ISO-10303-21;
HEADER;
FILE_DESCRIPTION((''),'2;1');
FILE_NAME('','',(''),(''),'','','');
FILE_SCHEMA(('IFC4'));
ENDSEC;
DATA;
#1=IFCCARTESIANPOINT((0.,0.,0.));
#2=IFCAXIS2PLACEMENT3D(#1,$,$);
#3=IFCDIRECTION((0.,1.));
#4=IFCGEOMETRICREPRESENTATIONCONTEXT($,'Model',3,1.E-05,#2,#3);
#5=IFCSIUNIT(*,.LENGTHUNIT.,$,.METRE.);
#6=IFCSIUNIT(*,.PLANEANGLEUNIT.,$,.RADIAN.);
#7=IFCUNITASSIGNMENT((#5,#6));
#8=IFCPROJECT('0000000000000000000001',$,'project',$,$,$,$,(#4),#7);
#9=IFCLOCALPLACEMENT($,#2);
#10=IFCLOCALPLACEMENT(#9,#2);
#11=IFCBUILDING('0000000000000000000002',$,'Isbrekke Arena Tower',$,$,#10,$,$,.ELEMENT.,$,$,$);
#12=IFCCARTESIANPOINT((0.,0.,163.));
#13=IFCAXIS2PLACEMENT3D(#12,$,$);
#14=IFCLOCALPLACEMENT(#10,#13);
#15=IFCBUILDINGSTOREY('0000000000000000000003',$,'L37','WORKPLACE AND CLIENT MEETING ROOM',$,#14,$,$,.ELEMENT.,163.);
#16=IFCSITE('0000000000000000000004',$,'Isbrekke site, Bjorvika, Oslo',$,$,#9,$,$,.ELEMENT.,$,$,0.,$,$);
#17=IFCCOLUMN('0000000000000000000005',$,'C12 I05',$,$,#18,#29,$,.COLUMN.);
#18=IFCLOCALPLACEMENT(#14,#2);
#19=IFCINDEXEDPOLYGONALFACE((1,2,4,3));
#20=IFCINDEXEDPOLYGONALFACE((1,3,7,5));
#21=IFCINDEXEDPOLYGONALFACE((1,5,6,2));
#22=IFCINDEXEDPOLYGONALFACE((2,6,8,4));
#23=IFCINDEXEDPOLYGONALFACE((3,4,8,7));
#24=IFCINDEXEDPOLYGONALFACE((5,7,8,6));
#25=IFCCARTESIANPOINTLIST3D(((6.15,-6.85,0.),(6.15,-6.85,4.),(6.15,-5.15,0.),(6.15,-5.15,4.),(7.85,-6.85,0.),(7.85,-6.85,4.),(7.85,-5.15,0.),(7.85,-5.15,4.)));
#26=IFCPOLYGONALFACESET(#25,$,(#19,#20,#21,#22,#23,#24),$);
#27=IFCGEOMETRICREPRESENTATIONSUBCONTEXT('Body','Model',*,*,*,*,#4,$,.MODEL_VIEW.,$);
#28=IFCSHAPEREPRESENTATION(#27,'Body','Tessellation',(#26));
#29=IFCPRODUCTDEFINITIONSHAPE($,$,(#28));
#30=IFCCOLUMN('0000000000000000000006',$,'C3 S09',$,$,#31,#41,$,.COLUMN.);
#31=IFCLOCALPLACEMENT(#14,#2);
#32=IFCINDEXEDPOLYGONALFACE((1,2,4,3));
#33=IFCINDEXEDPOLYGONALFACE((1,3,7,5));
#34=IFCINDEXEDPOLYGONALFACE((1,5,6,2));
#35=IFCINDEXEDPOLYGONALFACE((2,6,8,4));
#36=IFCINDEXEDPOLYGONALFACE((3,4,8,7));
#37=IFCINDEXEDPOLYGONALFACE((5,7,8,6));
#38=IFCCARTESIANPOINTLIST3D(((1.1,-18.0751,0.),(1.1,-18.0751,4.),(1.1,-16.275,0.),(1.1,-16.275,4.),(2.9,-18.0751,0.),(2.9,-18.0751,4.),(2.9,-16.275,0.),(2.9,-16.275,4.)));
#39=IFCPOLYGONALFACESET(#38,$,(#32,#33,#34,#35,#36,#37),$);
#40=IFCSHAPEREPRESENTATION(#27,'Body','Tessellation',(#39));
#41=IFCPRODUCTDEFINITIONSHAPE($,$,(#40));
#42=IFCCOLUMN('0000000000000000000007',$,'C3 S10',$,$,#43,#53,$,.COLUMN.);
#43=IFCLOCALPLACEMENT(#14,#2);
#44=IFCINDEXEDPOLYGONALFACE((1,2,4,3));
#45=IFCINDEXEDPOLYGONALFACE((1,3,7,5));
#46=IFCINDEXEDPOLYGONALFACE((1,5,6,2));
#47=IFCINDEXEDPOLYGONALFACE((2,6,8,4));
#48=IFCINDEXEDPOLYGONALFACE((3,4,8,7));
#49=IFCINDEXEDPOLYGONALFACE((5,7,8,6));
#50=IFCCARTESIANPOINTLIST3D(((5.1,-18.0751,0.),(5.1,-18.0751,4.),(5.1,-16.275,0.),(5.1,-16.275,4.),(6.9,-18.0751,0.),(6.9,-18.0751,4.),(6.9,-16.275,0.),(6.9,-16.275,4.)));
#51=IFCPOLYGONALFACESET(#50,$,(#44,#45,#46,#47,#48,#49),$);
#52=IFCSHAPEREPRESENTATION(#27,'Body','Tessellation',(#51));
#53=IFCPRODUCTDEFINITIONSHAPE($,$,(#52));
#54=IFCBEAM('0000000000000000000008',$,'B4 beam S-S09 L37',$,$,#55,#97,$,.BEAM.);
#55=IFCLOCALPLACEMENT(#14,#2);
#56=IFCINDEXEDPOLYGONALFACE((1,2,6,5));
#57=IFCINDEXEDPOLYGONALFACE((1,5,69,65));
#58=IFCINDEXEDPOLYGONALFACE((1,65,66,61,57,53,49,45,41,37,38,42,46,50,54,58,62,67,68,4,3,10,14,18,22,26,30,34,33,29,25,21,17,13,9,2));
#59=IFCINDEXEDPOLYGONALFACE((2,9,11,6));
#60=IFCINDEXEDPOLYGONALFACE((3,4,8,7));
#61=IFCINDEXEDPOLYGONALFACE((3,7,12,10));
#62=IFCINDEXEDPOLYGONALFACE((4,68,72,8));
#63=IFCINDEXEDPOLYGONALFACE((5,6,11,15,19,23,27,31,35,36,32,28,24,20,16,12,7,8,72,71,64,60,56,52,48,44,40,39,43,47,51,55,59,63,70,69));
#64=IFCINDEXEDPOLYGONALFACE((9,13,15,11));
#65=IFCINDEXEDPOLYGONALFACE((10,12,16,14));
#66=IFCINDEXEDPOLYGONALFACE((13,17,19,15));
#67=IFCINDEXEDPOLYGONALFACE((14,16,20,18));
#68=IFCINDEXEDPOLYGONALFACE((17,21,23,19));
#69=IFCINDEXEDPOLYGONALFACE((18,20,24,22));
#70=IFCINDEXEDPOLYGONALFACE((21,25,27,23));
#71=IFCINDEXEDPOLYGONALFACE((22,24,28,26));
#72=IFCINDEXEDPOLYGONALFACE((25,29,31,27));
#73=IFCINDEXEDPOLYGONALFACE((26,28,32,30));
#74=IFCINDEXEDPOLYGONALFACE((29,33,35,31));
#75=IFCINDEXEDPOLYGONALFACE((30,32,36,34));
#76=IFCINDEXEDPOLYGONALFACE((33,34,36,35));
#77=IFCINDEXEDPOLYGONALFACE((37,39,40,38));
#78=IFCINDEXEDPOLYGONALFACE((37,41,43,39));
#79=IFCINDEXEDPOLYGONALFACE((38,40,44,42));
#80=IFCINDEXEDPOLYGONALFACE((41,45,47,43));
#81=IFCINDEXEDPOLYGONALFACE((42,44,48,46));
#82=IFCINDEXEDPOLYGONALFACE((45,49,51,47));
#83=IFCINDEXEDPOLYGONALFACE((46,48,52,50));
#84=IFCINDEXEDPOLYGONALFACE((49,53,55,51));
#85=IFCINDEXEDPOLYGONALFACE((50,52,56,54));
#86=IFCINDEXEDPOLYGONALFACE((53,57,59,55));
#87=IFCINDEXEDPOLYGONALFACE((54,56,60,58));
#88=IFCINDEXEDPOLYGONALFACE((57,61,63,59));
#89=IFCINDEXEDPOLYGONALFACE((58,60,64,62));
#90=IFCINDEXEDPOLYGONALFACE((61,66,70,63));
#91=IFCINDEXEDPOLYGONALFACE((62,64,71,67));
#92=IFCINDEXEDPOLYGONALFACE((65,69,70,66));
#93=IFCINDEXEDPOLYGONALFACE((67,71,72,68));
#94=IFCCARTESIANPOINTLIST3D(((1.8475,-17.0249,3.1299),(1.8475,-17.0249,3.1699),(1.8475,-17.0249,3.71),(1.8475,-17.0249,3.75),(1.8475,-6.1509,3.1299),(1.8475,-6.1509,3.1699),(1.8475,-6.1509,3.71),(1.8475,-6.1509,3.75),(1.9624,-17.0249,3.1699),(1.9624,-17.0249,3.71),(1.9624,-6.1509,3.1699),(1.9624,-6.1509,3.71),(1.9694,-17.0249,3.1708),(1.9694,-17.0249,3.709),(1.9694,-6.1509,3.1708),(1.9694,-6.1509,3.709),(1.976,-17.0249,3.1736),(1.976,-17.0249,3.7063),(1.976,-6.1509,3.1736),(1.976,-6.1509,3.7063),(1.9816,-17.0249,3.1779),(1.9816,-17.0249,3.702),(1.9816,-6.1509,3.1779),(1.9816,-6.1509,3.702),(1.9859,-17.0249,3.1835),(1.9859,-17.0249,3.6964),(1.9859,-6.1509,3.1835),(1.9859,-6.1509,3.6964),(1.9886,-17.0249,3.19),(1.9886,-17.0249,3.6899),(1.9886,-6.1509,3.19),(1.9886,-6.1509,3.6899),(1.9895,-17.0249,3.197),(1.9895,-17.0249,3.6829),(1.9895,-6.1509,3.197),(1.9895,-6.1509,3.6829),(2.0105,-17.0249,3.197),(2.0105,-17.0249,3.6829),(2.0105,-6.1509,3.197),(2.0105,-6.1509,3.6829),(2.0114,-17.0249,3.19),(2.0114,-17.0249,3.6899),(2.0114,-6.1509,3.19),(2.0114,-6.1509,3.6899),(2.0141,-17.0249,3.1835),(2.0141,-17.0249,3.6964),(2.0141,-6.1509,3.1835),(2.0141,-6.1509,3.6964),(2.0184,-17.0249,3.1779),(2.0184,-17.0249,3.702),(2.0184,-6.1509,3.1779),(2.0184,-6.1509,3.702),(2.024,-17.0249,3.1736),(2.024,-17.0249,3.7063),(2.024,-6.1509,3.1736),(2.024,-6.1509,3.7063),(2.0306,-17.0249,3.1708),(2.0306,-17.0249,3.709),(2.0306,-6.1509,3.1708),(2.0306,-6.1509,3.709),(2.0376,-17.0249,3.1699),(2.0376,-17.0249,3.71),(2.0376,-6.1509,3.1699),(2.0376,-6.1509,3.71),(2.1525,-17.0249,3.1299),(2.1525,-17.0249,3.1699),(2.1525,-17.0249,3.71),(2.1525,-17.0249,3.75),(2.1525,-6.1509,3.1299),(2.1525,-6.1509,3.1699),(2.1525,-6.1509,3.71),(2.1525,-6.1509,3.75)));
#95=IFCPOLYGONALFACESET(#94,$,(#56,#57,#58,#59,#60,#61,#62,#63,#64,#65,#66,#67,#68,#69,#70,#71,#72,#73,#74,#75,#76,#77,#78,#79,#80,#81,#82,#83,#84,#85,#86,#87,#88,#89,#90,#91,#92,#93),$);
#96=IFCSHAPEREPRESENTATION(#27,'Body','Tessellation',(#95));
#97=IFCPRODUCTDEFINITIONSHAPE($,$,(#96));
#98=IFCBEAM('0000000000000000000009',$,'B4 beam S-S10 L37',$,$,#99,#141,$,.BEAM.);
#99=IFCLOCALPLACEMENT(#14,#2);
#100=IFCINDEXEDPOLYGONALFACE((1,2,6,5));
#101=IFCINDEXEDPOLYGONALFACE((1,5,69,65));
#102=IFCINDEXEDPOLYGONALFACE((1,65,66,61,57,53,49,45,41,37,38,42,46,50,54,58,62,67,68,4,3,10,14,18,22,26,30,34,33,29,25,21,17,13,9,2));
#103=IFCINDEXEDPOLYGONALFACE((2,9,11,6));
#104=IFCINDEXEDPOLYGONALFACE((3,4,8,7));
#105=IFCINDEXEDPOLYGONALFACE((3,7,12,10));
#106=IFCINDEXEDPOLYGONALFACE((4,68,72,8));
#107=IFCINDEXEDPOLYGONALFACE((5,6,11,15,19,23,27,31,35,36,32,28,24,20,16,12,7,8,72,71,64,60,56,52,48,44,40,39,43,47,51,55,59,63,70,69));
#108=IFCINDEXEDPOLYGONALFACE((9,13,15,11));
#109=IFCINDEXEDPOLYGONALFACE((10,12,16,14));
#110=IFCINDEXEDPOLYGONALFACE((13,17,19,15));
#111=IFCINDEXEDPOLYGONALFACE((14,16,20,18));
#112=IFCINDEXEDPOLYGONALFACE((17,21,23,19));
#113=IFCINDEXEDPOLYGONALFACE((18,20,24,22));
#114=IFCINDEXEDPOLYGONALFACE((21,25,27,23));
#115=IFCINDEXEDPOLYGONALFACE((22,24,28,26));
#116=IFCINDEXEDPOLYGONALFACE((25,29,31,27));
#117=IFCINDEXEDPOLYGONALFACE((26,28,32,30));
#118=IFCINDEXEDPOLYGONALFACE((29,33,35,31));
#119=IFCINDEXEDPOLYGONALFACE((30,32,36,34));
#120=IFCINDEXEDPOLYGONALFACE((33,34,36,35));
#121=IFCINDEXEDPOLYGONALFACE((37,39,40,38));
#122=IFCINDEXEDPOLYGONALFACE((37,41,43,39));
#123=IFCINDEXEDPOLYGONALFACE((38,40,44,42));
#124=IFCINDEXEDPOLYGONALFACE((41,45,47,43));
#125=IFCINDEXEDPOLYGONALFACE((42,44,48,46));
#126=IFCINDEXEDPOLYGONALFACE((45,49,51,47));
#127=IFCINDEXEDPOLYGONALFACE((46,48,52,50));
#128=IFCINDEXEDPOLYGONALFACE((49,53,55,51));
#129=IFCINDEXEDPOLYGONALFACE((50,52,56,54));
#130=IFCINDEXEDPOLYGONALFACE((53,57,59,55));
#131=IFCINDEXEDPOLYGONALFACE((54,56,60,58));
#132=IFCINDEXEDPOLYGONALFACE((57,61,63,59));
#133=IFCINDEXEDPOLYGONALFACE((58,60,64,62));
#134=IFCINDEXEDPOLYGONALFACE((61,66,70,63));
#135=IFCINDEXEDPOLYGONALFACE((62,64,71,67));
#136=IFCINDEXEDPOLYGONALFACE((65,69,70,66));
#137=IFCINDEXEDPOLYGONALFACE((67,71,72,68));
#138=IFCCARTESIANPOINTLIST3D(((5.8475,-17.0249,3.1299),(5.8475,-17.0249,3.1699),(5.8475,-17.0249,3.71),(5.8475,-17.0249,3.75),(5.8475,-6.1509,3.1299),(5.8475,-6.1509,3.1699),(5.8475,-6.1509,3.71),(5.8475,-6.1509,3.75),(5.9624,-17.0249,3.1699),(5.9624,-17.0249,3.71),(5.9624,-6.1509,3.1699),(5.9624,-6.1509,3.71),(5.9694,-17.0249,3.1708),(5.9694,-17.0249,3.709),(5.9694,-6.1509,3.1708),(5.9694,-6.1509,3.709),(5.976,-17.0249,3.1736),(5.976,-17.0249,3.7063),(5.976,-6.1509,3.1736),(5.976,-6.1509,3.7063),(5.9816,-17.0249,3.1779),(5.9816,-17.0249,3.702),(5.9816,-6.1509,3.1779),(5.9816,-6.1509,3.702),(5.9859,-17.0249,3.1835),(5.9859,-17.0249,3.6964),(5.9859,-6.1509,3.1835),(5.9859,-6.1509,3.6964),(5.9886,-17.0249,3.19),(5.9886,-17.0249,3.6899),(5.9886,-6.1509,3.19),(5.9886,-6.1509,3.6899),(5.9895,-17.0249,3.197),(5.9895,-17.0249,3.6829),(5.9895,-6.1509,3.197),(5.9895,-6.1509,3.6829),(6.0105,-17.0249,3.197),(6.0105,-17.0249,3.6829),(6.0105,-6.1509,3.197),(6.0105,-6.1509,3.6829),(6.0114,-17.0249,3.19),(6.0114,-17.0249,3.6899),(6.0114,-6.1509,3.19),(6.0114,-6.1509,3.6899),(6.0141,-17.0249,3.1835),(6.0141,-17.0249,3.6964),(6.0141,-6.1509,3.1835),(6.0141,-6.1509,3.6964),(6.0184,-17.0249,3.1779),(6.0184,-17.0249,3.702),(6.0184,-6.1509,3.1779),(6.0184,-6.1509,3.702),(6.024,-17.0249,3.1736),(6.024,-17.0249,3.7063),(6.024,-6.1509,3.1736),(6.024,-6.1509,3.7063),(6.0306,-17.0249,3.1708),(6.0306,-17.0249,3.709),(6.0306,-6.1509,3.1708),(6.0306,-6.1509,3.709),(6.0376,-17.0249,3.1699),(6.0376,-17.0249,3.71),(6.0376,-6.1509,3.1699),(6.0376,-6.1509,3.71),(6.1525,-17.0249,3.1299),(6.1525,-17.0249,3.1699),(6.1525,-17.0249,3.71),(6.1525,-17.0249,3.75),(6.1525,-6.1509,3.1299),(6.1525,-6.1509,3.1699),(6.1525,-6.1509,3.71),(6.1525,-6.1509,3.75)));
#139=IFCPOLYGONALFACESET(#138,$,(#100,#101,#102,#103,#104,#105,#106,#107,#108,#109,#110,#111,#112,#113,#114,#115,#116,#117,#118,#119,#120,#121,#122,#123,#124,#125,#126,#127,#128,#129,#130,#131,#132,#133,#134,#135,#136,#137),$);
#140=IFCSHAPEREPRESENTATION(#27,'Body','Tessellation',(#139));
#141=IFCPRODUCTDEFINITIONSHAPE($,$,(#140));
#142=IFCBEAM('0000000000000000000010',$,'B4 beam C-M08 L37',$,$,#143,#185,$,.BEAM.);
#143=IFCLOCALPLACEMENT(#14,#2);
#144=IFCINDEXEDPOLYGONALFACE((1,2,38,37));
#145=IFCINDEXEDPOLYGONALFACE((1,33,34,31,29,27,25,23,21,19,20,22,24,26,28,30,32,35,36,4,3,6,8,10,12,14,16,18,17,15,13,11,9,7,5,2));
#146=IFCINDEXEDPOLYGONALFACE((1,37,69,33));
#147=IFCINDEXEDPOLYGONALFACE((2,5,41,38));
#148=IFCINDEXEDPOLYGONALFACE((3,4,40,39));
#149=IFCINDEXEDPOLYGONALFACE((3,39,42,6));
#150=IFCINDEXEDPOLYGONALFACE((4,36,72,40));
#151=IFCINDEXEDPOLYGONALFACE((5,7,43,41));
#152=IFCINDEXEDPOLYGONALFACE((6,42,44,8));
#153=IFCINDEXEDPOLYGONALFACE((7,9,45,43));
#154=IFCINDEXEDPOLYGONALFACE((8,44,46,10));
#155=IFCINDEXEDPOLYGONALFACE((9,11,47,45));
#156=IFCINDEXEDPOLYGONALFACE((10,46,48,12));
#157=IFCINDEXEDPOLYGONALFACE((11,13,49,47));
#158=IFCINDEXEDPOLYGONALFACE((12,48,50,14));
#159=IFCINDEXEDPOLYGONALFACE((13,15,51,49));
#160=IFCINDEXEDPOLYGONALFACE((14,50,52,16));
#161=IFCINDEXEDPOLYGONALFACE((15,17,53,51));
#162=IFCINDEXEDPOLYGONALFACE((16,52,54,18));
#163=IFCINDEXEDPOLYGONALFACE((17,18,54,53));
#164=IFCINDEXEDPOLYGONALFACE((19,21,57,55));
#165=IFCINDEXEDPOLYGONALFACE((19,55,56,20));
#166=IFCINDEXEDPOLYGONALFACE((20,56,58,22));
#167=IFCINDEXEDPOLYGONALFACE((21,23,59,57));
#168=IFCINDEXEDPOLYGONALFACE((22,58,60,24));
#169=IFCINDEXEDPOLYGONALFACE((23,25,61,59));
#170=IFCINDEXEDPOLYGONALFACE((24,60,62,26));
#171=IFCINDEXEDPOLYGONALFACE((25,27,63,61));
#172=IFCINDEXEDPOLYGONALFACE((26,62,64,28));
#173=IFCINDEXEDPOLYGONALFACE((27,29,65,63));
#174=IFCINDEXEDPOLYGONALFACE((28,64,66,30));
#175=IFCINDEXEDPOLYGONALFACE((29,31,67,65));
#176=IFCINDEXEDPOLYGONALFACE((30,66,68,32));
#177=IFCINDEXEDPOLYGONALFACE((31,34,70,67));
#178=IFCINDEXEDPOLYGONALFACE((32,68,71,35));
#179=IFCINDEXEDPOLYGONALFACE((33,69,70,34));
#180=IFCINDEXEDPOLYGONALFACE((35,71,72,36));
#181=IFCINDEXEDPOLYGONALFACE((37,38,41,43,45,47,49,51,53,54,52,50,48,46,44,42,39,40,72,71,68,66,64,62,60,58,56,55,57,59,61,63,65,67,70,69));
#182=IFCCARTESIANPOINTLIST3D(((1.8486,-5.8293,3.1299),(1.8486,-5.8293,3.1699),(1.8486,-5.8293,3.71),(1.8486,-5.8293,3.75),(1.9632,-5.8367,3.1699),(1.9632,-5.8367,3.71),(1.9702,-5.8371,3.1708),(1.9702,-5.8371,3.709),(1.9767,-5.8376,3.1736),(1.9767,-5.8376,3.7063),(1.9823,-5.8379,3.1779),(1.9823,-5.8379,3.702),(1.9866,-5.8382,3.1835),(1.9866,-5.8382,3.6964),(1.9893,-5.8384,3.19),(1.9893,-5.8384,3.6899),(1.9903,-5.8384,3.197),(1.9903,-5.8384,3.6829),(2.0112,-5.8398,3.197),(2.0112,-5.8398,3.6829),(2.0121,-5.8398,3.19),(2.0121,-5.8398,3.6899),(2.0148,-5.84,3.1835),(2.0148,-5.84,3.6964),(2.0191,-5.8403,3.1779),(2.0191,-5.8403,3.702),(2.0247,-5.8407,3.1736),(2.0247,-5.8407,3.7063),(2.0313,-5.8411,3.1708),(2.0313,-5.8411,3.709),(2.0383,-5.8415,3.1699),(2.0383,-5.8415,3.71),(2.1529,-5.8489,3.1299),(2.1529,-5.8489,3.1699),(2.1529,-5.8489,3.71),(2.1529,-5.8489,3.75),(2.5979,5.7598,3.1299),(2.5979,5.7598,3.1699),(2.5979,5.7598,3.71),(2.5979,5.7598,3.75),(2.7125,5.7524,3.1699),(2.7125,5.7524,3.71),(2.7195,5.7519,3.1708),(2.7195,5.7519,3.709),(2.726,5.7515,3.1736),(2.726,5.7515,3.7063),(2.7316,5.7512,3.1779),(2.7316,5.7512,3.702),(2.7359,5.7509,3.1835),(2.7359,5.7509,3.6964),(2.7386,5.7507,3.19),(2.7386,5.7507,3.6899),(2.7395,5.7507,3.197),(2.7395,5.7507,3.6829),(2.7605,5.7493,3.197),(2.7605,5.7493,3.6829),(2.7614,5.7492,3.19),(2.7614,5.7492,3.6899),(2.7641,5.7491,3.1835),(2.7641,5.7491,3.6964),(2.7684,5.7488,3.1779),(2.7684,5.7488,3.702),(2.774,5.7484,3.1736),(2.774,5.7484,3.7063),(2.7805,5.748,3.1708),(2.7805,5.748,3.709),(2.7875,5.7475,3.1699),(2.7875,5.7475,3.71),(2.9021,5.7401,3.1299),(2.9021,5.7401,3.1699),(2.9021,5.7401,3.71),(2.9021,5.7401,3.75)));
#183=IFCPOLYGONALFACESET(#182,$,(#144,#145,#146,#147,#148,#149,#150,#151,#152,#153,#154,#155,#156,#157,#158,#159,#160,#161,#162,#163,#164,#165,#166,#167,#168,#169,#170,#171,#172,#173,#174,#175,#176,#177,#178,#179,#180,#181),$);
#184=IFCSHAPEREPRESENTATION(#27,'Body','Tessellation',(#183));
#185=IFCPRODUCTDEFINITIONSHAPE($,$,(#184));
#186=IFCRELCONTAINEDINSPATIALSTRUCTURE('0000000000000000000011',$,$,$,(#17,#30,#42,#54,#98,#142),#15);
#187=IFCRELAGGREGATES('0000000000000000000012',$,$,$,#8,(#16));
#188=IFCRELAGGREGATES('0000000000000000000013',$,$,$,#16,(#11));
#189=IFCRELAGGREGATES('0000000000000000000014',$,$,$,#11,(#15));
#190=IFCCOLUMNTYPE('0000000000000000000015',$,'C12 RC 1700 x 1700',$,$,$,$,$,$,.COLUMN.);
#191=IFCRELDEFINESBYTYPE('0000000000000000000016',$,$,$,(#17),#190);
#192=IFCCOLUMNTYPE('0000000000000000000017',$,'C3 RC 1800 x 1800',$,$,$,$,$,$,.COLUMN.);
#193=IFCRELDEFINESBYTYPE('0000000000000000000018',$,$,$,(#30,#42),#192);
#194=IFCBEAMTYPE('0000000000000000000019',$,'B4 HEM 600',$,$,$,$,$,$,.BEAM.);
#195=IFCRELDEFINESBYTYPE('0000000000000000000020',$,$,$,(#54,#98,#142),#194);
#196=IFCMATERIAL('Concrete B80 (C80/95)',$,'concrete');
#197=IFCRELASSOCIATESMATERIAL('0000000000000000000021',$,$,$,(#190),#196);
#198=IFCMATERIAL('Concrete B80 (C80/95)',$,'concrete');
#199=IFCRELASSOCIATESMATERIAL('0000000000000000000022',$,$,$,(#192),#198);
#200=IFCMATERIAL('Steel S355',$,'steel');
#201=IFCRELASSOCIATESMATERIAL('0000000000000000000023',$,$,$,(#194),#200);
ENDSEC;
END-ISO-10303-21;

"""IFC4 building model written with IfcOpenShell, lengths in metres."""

from ifc_helpers import new_model, si_unit, direction, frame, origin, origin_2d, place, context, subcontext, project, spatial, rectangle, i_section, extrude, material, material_profile, profile_set, type_object, element, save


model = new_model("IFC4")

# Units and contexts
model_context = context("Model", 3, precision=1e-05, world=origin(), true_north=direction((0.0, 1.0)))
body_context = subcontext(model_context, "Body", "Model", "MODEL_VIEW")
ifc_project = project(units=[si_unit("LENGTHUNIT", "METRE"), si_unit("PLANEANGLEUNIT", "RADIAN")], contexts=[model_context])

# Site, building, storey
site_placement = place(None, origin())
site = spatial("IfcSite", under=ifc_project, at=site_placement, Name="Isbrekke site, Bjorvika, Oslo", CompositionType="ELEMENT", RefElevation=0.0)
building_placement = place(site_placement, origin())
building = spatial("IfcBuilding", under=site, at=building_placement, Name="Isbrekke Arena Tower", CompositionType="ELEMENT")
storey_placement = place(building_placement, frame((0.0, 0.0, 163.0)))
storey = spatial("IfcBuildingStorey", under=building, at=storey_placement, Name="L37", Description="WORKPLACE AND CLIENT MEETING ROOM", CompositionType="ELEMENT", Elevation=163.0)

# Columns
ifc_material_1 = material(Name="Concrete B80 (C80/95)", Category="concrete")
ifc_material_profile_1 = material_profile(ifc_material_1, rectangle(XDim=1.7, YDim=1.7, at=origin_2d()), Name="RC 1700x1700")
ifc_profile_set_1 = profile_set([ifc_material_profile_1], Name="Concrete B80 (C80/95)")
column_type_1 = type_object("IfcColumnType", Name="C12 RC 1700 x 1700", PredefinedType="COLUMN", material=ifc_profile_set_1)
column_placement = place(storey_placement, frame((7.0, -6.0, 0.0), z_axis=(0.0, 0.0, 1.0), x_axis=(1.0, 0.0, 0.0)))
element("IfcColumn", 1, at=column_placement, inside=storey, type_object=column_type_1, Name="C12 I05", PredefinedType="COLUMN", context=body_context, shape_type="SweptSolid", body=[
    extrude(rectangle(XDim=1.7, YDim=1.7, at=origin_2d()), origin(), (0.0, 0.0, 1.0), 4.0),
])
ifc_material_2 = material(Name="Concrete B80 (C80/95)", Category="concrete")
ifc_material_profile_2 = material_profile(ifc_material_2, rectangle(XDim=1.8, YDim=1.8, at=origin_2d()), Name="RC 1800x1800")
ifc_profile_set_2 = profile_set([ifc_material_profile_2], Name="Concrete B80 (C80/95)")
column_type_2 = type_object("IfcColumnType", Name="C3 RC 1800 x 1800", PredefinedType="COLUMN", material=ifc_profile_set_2)
for number, where, z_axis, x_axis, name in (
    (2, (2.0, -17.175, 0.0), (0.0, 0.0, 1.0), (1.0, 0.0, 0.0), "C3 S09"),
    (3, (6.0, -17.175, 0.0), (0.0, 0.0, 1.0), (1.0, 0.0, 0.0), "C3 S10"),
):
    element("IfcColumn", number, at=place(storey_placement, frame(where, z_axis=z_axis, x_axis=x_axis)), inside=storey, type_object=column_type_2, Name=name, PredefinedType="COLUMN", context=body_context, shape_type="SweptSolid", body=[
        extrude(rectangle(XDim=1.8, YDim=1.8, at=origin_2d()), origin(), (0.0, 0.0, 1.0), 4.0),
    ])

# Beams
ifc_material_3 = material(Name="Steel S355", Category="steel")
ifc_material_profile_3 = material_profile(ifc_material_3, i_section(OverallWidth=0.3049, OverallDepth=0.6201, WebThickness=0.021, FlangeThickness=0.04, FilletRadius=0.0271, at=origin_2d()), Name="HEM 600")
ifc_profile_set_3 = profile_set([ifc_material_profile_3], Name="Steel S355")
beam_type_1 = type_object("IfcBeamType", Name="B4 HEM 600", PredefinedType="BEAM", material=ifc_profile_set_3)
for number, where, z_axis, x_axis, name in (
    (4, (2.0, -17.0249, 3.4399), (0.0, 1.0, 0.0), (-1.0, 0.0, 0.0), "B4 beam S-S09 L37"),
    (5, (6.0, -17.0249, 3.4399), (0.0, 1.0, 0.0), (-1.0, 0.0, 0.0), "B4 beam S-S10 L37"),
):
    element("IfcBeam", number, at=place(storey_placement, frame(where, z_axis=z_axis, x_axis=x_axis)), inside=storey, type_object=beam_type_1, Name=name, PredefinedType="BEAM", context=body_context, shape_type="SweptSolid", body=[
        extrude(i_section(OverallWidth=0.3049, OverallDepth=0.6201, WebThickness=0.021, FlangeThickness=0.04, FilletRadius=0.0271, at=origin_2d()), origin(), (0.0, 0.0, 1.0), 10.874),
    ])
beam_1_placement = place(storey_placement, frame((2.0007, -5.8391, 3.4399), z_axis=(0.064518, 0.997917, 0.0), x_axis=(-0.997917, 0.064518, 0.0)))
element("IfcBeam", 6, at=beam_1_placement, inside=storey, type_object=beam_type_1, Name="B4 beam C-M08 L37", PredefinedType="BEAM", context=body_context, shape_type="SweptSolid", body=[
    extrude(i_section(OverallWidth=0.3049, OverallDepth=0.6201, WebThickness=0.021, FlangeThickness=0.04, FilletRadius=0.0271, at=origin_2d()), origin(), (0.0, 0.0, 1.0), 11.6133),
])

save(model, "model.ifc")
